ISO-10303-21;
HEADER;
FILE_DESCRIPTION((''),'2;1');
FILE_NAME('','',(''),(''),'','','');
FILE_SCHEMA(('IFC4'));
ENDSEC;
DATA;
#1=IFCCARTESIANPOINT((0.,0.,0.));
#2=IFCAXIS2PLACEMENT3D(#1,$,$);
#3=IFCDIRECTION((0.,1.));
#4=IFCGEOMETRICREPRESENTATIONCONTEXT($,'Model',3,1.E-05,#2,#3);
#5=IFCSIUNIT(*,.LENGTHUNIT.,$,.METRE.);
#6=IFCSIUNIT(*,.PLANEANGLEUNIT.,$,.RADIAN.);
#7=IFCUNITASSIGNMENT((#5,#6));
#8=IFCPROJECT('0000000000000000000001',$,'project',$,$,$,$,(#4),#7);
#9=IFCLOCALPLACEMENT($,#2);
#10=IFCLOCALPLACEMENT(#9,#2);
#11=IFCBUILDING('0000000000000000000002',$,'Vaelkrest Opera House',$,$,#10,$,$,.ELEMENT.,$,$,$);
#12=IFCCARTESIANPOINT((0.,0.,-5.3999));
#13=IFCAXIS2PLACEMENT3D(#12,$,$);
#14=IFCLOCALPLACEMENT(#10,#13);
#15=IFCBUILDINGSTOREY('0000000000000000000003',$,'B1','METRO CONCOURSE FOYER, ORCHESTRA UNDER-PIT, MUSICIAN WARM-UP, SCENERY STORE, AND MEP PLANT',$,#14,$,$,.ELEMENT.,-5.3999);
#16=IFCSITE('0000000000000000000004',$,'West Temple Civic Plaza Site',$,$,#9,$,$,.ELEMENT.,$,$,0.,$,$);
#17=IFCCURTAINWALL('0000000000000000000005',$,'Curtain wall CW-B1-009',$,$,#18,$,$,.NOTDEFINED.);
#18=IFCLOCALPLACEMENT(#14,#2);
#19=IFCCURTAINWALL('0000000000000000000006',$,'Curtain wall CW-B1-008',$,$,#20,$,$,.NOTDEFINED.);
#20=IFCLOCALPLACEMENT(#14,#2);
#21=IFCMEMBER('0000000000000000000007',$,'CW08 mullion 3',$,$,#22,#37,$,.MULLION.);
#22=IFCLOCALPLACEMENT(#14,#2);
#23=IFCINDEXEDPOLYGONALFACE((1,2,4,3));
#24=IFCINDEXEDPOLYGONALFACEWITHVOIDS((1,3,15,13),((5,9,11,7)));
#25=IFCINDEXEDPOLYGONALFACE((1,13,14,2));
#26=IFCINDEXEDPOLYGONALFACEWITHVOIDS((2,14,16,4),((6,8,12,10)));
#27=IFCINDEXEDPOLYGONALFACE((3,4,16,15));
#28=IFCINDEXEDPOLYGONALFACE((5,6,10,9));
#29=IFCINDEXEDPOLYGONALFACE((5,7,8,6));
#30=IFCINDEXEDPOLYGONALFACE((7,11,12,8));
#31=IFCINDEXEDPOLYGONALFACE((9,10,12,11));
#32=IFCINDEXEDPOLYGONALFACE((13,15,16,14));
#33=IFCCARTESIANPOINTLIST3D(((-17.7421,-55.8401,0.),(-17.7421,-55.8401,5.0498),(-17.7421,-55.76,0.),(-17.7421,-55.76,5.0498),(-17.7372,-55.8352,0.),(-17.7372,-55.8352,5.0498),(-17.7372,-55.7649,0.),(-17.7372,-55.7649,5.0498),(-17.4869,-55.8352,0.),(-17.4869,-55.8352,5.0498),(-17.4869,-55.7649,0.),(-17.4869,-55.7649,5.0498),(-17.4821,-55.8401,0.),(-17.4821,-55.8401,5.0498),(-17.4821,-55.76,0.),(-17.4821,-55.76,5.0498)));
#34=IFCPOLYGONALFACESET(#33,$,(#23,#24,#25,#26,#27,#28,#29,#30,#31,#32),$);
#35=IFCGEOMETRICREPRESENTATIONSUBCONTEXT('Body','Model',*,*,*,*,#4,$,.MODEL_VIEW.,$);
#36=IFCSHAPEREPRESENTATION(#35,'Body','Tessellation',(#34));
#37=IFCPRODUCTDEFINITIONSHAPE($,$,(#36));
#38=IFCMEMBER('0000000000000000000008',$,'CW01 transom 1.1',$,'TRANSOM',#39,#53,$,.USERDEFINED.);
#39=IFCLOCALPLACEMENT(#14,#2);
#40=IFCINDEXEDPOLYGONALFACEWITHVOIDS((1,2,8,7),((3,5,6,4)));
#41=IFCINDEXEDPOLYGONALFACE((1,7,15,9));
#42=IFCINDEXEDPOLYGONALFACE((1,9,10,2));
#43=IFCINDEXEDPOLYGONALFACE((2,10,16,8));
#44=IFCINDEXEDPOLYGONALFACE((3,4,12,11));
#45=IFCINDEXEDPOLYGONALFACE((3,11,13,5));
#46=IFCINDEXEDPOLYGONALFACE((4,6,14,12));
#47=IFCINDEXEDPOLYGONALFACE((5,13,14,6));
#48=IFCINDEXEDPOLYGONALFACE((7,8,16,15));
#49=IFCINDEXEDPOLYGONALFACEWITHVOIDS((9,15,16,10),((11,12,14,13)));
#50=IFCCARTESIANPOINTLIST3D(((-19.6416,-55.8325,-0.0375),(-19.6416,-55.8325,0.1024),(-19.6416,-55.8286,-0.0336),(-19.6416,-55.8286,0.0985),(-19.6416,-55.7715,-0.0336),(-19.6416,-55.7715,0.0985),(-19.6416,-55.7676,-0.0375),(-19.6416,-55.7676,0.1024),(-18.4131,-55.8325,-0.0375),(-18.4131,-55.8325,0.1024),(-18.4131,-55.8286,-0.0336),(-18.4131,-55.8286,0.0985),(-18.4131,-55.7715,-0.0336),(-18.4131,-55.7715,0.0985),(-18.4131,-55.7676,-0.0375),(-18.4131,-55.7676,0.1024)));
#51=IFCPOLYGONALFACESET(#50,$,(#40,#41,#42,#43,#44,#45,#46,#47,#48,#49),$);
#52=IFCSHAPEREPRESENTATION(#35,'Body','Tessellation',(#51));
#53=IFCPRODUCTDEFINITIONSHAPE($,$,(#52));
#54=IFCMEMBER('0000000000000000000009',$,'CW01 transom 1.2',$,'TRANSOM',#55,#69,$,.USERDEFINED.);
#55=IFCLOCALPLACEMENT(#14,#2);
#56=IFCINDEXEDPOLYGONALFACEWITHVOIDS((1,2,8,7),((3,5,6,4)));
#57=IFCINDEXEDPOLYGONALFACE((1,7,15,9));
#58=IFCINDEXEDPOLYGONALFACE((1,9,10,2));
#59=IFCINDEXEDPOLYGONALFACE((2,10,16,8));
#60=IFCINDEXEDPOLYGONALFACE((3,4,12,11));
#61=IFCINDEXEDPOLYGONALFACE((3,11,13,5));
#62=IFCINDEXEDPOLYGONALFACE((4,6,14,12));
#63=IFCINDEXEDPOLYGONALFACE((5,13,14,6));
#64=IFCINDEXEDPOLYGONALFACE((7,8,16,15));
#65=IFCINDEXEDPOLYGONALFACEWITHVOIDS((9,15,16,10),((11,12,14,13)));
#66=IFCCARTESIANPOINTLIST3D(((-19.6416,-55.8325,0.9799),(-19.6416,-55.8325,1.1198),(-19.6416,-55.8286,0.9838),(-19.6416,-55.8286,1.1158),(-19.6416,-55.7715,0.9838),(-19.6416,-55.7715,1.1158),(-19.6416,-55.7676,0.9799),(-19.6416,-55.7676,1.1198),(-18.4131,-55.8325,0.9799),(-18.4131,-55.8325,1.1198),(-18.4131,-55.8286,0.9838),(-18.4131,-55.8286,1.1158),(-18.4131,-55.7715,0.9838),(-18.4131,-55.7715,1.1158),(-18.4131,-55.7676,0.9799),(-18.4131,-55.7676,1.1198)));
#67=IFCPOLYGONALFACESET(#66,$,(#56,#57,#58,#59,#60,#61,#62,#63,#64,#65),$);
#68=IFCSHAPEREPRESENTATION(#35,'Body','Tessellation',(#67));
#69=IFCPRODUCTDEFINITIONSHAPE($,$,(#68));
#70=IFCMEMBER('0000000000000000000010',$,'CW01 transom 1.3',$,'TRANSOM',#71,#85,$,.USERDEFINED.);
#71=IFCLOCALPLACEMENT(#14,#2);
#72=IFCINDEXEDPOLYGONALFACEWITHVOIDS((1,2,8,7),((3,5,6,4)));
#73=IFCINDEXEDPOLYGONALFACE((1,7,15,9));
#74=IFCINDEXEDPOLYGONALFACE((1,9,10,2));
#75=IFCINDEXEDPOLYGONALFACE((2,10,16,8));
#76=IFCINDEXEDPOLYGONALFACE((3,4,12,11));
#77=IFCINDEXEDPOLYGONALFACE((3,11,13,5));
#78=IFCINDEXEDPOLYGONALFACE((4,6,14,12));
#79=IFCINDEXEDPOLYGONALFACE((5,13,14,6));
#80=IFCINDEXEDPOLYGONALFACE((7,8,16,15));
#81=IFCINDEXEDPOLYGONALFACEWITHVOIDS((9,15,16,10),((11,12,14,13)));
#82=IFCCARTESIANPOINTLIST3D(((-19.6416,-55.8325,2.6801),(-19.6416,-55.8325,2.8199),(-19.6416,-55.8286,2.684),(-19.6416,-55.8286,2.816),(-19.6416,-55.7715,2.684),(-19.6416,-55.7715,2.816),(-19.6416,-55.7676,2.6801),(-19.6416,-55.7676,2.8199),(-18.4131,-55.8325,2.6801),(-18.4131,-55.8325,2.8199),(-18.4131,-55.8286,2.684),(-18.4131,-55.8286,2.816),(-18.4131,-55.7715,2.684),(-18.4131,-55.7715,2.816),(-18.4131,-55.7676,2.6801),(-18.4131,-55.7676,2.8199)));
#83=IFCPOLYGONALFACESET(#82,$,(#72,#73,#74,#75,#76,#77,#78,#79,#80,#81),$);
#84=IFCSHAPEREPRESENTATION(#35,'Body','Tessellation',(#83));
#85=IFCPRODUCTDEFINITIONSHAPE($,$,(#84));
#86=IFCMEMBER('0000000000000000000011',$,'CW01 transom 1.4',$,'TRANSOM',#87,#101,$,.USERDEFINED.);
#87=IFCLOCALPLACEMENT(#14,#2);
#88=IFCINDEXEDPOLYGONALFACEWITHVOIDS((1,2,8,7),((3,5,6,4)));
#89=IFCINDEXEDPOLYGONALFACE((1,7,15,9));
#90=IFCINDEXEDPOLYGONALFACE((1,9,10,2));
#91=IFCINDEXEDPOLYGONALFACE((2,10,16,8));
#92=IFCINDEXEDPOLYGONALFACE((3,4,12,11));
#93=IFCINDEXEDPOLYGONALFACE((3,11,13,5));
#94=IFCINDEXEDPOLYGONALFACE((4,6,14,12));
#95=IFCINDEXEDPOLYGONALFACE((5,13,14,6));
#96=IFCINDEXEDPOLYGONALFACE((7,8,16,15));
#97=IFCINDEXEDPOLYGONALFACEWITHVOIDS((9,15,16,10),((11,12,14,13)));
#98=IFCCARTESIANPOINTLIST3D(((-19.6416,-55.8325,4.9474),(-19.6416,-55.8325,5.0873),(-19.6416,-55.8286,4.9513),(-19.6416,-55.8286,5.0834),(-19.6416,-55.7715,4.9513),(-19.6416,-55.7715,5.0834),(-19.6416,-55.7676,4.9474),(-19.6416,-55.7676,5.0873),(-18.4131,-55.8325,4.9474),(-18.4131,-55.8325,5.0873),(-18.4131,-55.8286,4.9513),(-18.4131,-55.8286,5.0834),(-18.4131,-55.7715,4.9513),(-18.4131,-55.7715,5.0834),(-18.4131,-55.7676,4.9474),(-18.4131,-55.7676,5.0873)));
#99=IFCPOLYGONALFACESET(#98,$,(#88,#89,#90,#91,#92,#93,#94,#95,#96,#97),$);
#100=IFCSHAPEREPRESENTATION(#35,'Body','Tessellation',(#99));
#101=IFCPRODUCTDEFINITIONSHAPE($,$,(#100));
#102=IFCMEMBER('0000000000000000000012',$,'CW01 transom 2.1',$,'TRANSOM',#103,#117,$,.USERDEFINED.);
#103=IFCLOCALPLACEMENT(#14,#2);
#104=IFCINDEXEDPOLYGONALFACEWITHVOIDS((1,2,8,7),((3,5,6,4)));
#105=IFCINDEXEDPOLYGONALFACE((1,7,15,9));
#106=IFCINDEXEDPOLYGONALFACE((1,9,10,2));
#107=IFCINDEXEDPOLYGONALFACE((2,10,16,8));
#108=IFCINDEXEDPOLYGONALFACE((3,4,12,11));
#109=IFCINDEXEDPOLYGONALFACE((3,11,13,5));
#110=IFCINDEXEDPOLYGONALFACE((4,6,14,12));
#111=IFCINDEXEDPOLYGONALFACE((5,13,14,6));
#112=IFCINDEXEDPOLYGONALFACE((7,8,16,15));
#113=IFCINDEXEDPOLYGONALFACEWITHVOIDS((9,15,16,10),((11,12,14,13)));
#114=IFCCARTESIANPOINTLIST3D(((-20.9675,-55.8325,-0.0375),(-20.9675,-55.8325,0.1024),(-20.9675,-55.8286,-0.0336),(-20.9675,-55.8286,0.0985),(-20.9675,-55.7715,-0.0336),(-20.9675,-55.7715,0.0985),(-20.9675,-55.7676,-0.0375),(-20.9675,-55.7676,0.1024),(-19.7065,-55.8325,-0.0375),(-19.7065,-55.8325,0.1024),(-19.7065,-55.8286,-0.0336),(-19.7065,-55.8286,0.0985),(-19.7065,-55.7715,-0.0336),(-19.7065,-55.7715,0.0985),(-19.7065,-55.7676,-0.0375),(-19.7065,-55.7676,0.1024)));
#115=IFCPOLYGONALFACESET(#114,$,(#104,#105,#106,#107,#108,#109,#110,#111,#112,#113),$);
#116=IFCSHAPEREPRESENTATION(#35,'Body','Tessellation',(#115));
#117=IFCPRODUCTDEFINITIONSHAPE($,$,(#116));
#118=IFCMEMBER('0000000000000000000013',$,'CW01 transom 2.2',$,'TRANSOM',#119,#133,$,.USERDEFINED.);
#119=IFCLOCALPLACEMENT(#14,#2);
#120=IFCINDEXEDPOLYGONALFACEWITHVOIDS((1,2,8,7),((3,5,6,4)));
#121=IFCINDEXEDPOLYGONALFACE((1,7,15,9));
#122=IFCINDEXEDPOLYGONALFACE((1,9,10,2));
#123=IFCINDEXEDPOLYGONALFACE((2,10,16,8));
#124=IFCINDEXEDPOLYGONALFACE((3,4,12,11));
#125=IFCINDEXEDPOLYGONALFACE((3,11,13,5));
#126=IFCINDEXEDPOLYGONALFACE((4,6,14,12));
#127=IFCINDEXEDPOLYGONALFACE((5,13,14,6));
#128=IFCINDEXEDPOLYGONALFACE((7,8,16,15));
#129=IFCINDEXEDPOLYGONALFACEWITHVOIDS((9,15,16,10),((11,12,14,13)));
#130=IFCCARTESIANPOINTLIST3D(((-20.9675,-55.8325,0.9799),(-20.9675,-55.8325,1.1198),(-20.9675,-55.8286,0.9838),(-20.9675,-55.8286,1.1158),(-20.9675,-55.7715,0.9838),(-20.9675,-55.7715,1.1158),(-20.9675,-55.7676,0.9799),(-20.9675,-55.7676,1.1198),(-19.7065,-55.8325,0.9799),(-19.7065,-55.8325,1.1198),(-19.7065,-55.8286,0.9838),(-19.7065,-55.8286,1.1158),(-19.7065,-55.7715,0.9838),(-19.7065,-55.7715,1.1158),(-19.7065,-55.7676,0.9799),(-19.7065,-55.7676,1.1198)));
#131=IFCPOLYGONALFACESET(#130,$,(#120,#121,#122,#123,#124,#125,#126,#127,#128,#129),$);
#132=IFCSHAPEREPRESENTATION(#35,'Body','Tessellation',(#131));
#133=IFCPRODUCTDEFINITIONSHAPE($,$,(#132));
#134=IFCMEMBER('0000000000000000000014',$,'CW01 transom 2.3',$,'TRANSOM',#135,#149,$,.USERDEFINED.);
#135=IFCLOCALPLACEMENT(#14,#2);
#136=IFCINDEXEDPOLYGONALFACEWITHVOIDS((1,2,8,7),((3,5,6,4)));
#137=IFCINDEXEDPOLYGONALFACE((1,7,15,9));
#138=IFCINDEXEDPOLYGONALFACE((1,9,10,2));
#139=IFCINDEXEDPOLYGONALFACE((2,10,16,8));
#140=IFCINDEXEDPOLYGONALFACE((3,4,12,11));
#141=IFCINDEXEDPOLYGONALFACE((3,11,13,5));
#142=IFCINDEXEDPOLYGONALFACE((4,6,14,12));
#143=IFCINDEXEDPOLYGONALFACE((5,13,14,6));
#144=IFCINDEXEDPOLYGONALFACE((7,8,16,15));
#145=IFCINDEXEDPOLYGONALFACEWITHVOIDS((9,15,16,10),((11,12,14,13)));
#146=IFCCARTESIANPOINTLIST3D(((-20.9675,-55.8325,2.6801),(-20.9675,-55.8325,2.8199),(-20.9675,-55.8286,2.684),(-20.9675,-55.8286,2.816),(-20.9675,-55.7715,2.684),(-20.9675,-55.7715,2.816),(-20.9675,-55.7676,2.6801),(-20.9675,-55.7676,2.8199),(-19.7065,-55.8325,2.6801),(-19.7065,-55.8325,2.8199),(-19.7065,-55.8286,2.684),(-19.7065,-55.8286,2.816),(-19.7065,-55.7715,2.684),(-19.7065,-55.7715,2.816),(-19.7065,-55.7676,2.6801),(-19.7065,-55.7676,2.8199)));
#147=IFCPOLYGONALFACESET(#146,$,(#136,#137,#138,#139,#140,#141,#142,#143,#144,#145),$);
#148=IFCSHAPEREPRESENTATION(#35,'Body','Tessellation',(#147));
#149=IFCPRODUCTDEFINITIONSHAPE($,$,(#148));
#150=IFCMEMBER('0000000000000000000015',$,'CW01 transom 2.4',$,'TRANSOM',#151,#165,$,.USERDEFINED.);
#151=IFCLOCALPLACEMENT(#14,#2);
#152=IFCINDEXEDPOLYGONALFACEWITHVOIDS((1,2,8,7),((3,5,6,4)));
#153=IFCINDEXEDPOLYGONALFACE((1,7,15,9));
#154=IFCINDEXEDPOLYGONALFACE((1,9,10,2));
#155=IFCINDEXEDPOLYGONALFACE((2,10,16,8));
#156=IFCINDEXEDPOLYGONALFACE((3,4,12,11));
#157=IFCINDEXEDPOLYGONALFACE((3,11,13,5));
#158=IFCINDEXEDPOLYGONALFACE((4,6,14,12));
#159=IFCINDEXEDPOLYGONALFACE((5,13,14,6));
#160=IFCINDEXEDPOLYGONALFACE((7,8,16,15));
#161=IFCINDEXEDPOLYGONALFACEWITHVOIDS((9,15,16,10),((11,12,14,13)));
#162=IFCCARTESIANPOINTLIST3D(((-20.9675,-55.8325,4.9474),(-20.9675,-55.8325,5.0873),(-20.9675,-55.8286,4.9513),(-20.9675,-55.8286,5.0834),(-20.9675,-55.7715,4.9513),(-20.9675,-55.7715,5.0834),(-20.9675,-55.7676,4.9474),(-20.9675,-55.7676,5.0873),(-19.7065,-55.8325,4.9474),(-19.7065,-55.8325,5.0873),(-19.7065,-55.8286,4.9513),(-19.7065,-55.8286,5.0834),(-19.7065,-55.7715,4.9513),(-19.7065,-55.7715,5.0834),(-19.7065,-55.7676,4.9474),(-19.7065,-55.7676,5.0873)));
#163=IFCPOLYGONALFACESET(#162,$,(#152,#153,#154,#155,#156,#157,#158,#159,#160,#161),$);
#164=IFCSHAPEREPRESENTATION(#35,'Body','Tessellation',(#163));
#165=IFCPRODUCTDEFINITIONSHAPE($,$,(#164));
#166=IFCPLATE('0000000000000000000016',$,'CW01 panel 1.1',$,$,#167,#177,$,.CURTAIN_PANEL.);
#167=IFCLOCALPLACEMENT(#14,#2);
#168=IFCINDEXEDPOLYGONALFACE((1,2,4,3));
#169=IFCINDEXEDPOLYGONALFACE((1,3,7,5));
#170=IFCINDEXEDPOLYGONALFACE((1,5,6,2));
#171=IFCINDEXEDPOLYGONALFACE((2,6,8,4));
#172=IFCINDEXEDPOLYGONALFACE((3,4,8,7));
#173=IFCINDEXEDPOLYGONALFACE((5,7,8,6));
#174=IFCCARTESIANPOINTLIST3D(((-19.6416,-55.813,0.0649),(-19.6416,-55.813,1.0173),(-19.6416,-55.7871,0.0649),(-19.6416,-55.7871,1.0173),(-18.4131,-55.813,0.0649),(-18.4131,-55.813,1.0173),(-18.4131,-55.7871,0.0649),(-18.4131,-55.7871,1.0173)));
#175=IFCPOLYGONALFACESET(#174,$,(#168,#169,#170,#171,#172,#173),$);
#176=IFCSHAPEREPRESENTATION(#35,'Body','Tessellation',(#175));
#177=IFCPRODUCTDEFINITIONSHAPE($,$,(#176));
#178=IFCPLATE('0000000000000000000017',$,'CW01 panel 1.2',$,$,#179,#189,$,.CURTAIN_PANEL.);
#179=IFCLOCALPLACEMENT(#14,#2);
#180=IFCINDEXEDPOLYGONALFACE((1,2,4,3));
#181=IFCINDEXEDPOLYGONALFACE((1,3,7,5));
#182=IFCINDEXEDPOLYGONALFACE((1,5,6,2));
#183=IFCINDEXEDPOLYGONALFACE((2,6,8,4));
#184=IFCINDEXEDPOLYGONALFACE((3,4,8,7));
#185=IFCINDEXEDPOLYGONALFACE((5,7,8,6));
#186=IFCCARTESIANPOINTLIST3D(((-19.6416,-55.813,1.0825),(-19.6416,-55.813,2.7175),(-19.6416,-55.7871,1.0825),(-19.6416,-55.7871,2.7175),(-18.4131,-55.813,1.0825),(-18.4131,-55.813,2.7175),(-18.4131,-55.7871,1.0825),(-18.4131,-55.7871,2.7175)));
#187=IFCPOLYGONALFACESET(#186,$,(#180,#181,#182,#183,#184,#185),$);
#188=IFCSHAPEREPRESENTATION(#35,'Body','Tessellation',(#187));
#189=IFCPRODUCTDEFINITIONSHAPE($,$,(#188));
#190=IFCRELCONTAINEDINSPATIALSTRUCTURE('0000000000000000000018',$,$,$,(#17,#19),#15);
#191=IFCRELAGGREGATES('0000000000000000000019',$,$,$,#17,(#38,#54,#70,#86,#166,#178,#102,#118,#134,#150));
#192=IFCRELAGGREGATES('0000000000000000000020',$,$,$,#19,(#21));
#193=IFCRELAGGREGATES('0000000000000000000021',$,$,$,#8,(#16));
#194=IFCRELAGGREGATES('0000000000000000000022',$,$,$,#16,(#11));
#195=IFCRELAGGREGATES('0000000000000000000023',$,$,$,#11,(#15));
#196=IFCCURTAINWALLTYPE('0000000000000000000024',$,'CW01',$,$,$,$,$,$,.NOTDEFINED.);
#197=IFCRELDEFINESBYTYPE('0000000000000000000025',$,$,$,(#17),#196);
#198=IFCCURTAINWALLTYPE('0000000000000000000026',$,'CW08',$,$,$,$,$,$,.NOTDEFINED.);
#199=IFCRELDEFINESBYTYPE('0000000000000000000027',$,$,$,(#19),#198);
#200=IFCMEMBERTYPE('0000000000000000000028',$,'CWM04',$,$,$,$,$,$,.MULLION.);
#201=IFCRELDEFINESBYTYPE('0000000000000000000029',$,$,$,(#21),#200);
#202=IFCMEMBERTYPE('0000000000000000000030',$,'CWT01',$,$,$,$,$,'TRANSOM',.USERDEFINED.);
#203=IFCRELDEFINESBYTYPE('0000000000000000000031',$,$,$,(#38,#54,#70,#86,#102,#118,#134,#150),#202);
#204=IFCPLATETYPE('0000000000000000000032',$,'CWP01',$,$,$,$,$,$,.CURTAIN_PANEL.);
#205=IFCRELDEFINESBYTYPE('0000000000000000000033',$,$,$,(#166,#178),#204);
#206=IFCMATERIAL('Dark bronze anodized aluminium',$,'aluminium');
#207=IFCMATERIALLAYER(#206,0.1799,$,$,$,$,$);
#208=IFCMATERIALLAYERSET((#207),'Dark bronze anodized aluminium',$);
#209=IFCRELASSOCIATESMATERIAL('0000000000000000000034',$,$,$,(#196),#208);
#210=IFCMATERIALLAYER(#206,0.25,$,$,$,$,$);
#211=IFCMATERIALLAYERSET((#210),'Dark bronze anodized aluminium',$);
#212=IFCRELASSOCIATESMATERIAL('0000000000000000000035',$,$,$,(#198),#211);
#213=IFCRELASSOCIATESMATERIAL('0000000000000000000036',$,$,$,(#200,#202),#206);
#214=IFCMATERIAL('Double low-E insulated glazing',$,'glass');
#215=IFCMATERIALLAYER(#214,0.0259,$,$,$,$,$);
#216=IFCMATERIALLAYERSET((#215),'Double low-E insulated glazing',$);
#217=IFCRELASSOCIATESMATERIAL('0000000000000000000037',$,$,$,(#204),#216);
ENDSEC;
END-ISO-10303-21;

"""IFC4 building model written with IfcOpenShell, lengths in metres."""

from ifc_helpers import new_model, si_unit, direction, frame, origin, origin_2d, place, context, subcontext, project, spatial, rectangle, hollow_rectangle, extrude, material, layer, layer_set, material_profile, profile_set, type_object, element, aggregate, save


model = new_model("IFC4")

# Units and contexts
model_context = context("Model", 3, precision=1e-05, world=origin(), true_north=direction((0.0, 1.0)))
body_context = subcontext(model_context, "Body", "Model", "MODEL_VIEW")
ifc_project = project(units=[si_unit("LENGTHUNIT", "METRE"), si_unit("PLANEANGLEUNIT", "RADIAN")], contexts=[model_context])

# Site, building, storey
site_placement = place(None, origin())
site = spatial("IfcSite", under=ifc_project, at=site_placement, Name="West Temple Civic Plaza Site", CompositionType="ELEMENT", RefElevation=0.0)
building_placement = place(site_placement, origin())
building = spatial("IfcBuilding", under=site, at=building_placement, Name="Vaelkrest Opera House", CompositionType="ELEMENT")
storey_placement = place(building_placement, frame((0.0, 0.0, -5.3999)))
storey = spatial("IfcBuildingStorey", under=building, at=storey_placement, Name="B1", Description="METRO CONCOURSE FOYER, ORCHESTRA UNDER-PIT, MUSICIAN WARM-UP, SCENERY STORE, AND MEP PLANT", CompositionType="ELEMENT", Elevation=-5.3999)

# Curtain wall
ifc_material_1 = material(Name="Dark bronze anodized aluminium", Category="aluminium")
ifc_layer_1 = layer(ifc_material_1, 0.1799)
ifc_layer_set_1 = layer_set([ifc_layer_1], Name="Dark bronze anodized aluminium")
curtain_wall_type_1 = type_object("IfcCurtainWallType", Name="CW01", PredefinedType="NOTDEFINED", material=ifc_layer_set_1)
curtain_wall_1_placement = place(storey_placement, origin())
curtain_wall_1 = element("IfcCurtainWall", 1, at=curtain_wall_1_placement, inside=storey, type_object=curtain_wall_type_1, Name="Curtain wall CW-B1-009", PredefinedType="NOTDEFINED")

# Curtain wall, member
ifc_layer_2 = layer(ifc_material_1, 0.25)
ifc_layer_set_2 = layer_set([ifc_layer_2], Name="Dark bronze anodized aluminium")
curtain_wall_type_2 = type_object("IfcCurtainWallType", Name="CW08", PredefinedType="NOTDEFINED", material=ifc_layer_set_2)
curtain_wall_2_placement = place(storey_placement, origin())
curtain_wall_2 = element("IfcCurtainWall", 2, at=curtain_wall_2_placement, inside=storey, type_object=curtain_wall_type_2, Name="Curtain wall CW-B1-008", PredefinedType="NOTDEFINED")
ifc_material_profile_1 = material_profile(ifc_material_1, hollow_rectangle(XDim=0.0801, YDim=0.26, WallThickness=0.0049, at=origin_2d()), Name="CWM80X260")
ifc_profile_set_1 = profile_set([ifc_material_profile_1], Name="Dark bronze anodized aluminium")
member_type_1 = type_object("IfcMemberType", Name="CWM04", PredefinedType="MULLION", material=ifc_profile_set_1)
member_1_placement = place(storey_placement, frame((-17.6121, -55.8, 0.0), z_axis=(0.0, 0.0, 1.0), x_axis=(0.0, -1.0, 0.0)))
member_1 = element("IfcMember", 3, at=member_1_placement, type_object=member_type_1, Name="CW08 mullion 3", PredefinedType="MULLION", context=body_context, shape_type="SweptSolid", body=[
    extrude(hollow_rectangle(XDim=0.0801, YDim=0.26, WallThickness=0.0049, at=origin_2d()), origin(), (0.0, 0.0, 1.0), 5.0498),
])

# Members
ifc_material_profile_2 = material_profile(ifc_material_1, hollow_rectangle(XDim=0.0649, YDim=0.1399, WallThickness=0.0039, at=origin_2d()), Name="CWT65X140")
ifc_profile_set_2 = profile_set([ifc_material_profile_2], Name="Dark bronze anodized aluminium")
member_type_2 = type_object("IfcMemberType", Name="CWT01", ElementType="TRANSOM", PredefinedType="USERDEFINED", material=ifc_profile_set_2)
member_2_placement = place(storey_placement, frame((-18.4131, -55.8, 0.0325), z_axis=(-1.0, 0.0, 0.0), x_axis=(0.0, -1.0, 0.0)))
member_2 = element("IfcMember", 4, at=member_2_placement, type_object=member_type_2, Name="CW01 transom 1.1", ObjectType="TRANSOM", PredefinedType="USERDEFINED", context=body_context, shape_type="SweptSolid", body=[
    extrude(hollow_rectangle(XDim=0.0649, YDim=0.1399, WallThickness=0.0039, at=origin_2d()), origin(), (0.0, 0.0, 1.0), 1.2285),
])
member_3_placement = place(storey_placement, frame((-18.4131, -55.8, 1.0498), z_axis=(-1.0, 0.0, 0.0), x_axis=(0.0, -1.0, 0.0)))
member_3 = element("IfcMember", 5, at=member_3_placement, type_object=member_type_2, Name="CW01 transom 1.2", ObjectType="TRANSOM", PredefinedType="USERDEFINED", context=body_context, shape_type="SweptSolid", body=[
    extrude(hollow_rectangle(XDim=0.0649, YDim=0.1399, WallThickness=0.0039, at=origin_2d()), origin(), (0.0, 0.0, 1.0), 1.2285),
])
member_4_placement = place(storey_placement, frame((-18.4131, -55.8, 2.75), z_axis=(-1.0, 0.0, 0.0), x_axis=(0.0, -1.0, 0.0)))
member_4 = element("IfcMember", 6, at=member_4_placement, type_object=member_type_2, Name="CW01 transom 1.3", ObjectType="TRANSOM", PredefinedType="USERDEFINED", context=body_context, shape_type="SweptSolid", body=[
    extrude(hollow_rectangle(XDim=0.0649, YDim=0.1399, WallThickness=0.0039, at=origin_2d()), origin(), (0.0, 0.0, 1.0), 1.2285),
])
member_5_placement = place(storey_placement, frame((-18.4131, -55.8, 5.0173), z_axis=(-1.0, 0.0, 0.0), x_axis=(0.0, -1.0, 0.0)))
member_5 = element("IfcMember", 7, at=member_5_placement, type_object=member_type_2, Name="CW01 transom 1.4", ObjectType="TRANSOM", PredefinedType="USERDEFINED", context=body_context, shape_type="SweptSolid", body=[
    extrude(hollow_rectangle(XDim=0.0649, YDim=0.1399, WallThickness=0.0039, at=origin_2d()), origin(), (0.0, 0.0, 1.0), 1.2285),
])
member_6_placement = place(storey_placement, frame((-19.7065, -55.8, 0.0325), z_axis=(-1.0, 0.0, 0.0), x_axis=(0.0, -1.0, 0.0)))
member_6 = element("IfcMember", 8, at=member_6_placement, type_object=member_type_2, Name="CW01 transom 2.1", ObjectType="TRANSOM", PredefinedType="USERDEFINED", context=body_context, shape_type="SweptSolid", body=[
    extrude(hollow_rectangle(XDim=0.0649, YDim=0.1399, WallThickness=0.0039, at=origin_2d()), origin(), (0.0, 0.0, 1.0), 1.261),
])
member_7_placement = place(storey_placement, frame((-19.7065, -55.8, 1.0498), z_axis=(-1.0, 0.0, 0.0), x_axis=(0.0, -1.0, 0.0)))
member_7 = element("IfcMember", 9, at=member_7_placement, type_object=member_type_2, Name="CW01 transom 2.2", ObjectType="TRANSOM", PredefinedType="USERDEFINED", context=body_context, shape_type="SweptSolid", body=[
    extrude(hollow_rectangle(XDim=0.0649, YDim=0.1399, WallThickness=0.0039, at=origin_2d()), origin(), (0.0, 0.0, 1.0), 1.261),
])
member_8_placement = place(storey_placement, frame((-19.7065, -55.8, 2.75), z_axis=(-1.0, 0.0, 0.0), x_axis=(0.0, -1.0, 0.0)))
member_8 = element("IfcMember", 10, at=member_8_placement, type_object=member_type_2, Name="CW01 transom 2.3", ObjectType="TRANSOM", PredefinedType="USERDEFINED", context=body_context, shape_type="SweptSolid", body=[
    extrude(hollow_rectangle(XDim=0.0649, YDim=0.1399, WallThickness=0.0039, at=origin_2d()), origin(), (0.0, 0.0, 1.0), 1.261),
])
member_9_placement = place(storey_placement, frame((-19.7065, -55.8, 5.0173), z_axis=(-1.0, 0.0, 0.0), x_axis=(0.0, -1.0, 0.0)))
member_9 = element("IfcMember", 11, at=member_9_placement, type_object=member_type_2, Name="CW01 transom 2.4", ObjectType="TRANSOM", PredefinedType="USERDEFINED", context=body_context, shape_type="SweptSolid", body=[
    extrude(hollow_rectangle(XDim=0.0649, YDim=0.1399, WallThickness=0.0039, at=origin_2d()), origin(), (0.0, 0.0, 1.0), 1.261),
])

# Plates
ifc_material_2 = material(Name="Double low-E insulated glazing", Category="glass")
ifc_layer_3 = layer(ifc_material_2, 0.0259)
ifc_layer_set_3 = layer_set([ifc_layer_3], Name="Double low-E insulated glazing")
plate_type_1 = type_object("IfcPlateType", Name="CWP01", PredefinedType="CURTAIN_PANEL", material=ifc_layer_set_3)
plate_1_placement = place(storey_placement, frame((-19.0273, -55.8, 0.0649), z_axis=(0.0, 0.0, 1.0), x_axis=(-1.0, 0.0, 0.0)))
plate_1 = element("IfcPlate", 12, at=plate_1_placement, type_object=plate_type_1, Name="CW01 panel 1.1", PredefinedType="CURTAIN_PANEL", context=body_context, shape_type="SweptSolid", body=[
    extrude(rectangle(XDim=1.2285, YDim=0.0259, at=origin_2d()), origin(), (0.0, 0.0, 1.0), 0.9524),
])
plate_2_placement = place(storey_placement, frame((-19.0273, -55.8, 1.0825), z_axis=(0.0, 0.0, 1.0), x_axis=(-1.0, 0.0, 0.0)))
plate_2 = element("IfcPlate", 13, at=plate_2_placement, type_object=plate_type_1, Name="CW01 panel 1.2", PredefinedType="CURTAIN_PANEL", context=body_context, shape_type="SweptSolid", body=[
    extrude(rectangle(XDim=1.2285, YDim=0.0259, at=origin_2d()), origin(), (0.0, 0.0, 1.0), 1.635),
])
aggregate(curtain_wall_1, [member_2, member_3, member_4, member_5, plate_1, plate_2, member_6, member_7, member_8, member_9])
aggregate(curtain_wall_2, [member_1])

save(model, "model.ifc")
